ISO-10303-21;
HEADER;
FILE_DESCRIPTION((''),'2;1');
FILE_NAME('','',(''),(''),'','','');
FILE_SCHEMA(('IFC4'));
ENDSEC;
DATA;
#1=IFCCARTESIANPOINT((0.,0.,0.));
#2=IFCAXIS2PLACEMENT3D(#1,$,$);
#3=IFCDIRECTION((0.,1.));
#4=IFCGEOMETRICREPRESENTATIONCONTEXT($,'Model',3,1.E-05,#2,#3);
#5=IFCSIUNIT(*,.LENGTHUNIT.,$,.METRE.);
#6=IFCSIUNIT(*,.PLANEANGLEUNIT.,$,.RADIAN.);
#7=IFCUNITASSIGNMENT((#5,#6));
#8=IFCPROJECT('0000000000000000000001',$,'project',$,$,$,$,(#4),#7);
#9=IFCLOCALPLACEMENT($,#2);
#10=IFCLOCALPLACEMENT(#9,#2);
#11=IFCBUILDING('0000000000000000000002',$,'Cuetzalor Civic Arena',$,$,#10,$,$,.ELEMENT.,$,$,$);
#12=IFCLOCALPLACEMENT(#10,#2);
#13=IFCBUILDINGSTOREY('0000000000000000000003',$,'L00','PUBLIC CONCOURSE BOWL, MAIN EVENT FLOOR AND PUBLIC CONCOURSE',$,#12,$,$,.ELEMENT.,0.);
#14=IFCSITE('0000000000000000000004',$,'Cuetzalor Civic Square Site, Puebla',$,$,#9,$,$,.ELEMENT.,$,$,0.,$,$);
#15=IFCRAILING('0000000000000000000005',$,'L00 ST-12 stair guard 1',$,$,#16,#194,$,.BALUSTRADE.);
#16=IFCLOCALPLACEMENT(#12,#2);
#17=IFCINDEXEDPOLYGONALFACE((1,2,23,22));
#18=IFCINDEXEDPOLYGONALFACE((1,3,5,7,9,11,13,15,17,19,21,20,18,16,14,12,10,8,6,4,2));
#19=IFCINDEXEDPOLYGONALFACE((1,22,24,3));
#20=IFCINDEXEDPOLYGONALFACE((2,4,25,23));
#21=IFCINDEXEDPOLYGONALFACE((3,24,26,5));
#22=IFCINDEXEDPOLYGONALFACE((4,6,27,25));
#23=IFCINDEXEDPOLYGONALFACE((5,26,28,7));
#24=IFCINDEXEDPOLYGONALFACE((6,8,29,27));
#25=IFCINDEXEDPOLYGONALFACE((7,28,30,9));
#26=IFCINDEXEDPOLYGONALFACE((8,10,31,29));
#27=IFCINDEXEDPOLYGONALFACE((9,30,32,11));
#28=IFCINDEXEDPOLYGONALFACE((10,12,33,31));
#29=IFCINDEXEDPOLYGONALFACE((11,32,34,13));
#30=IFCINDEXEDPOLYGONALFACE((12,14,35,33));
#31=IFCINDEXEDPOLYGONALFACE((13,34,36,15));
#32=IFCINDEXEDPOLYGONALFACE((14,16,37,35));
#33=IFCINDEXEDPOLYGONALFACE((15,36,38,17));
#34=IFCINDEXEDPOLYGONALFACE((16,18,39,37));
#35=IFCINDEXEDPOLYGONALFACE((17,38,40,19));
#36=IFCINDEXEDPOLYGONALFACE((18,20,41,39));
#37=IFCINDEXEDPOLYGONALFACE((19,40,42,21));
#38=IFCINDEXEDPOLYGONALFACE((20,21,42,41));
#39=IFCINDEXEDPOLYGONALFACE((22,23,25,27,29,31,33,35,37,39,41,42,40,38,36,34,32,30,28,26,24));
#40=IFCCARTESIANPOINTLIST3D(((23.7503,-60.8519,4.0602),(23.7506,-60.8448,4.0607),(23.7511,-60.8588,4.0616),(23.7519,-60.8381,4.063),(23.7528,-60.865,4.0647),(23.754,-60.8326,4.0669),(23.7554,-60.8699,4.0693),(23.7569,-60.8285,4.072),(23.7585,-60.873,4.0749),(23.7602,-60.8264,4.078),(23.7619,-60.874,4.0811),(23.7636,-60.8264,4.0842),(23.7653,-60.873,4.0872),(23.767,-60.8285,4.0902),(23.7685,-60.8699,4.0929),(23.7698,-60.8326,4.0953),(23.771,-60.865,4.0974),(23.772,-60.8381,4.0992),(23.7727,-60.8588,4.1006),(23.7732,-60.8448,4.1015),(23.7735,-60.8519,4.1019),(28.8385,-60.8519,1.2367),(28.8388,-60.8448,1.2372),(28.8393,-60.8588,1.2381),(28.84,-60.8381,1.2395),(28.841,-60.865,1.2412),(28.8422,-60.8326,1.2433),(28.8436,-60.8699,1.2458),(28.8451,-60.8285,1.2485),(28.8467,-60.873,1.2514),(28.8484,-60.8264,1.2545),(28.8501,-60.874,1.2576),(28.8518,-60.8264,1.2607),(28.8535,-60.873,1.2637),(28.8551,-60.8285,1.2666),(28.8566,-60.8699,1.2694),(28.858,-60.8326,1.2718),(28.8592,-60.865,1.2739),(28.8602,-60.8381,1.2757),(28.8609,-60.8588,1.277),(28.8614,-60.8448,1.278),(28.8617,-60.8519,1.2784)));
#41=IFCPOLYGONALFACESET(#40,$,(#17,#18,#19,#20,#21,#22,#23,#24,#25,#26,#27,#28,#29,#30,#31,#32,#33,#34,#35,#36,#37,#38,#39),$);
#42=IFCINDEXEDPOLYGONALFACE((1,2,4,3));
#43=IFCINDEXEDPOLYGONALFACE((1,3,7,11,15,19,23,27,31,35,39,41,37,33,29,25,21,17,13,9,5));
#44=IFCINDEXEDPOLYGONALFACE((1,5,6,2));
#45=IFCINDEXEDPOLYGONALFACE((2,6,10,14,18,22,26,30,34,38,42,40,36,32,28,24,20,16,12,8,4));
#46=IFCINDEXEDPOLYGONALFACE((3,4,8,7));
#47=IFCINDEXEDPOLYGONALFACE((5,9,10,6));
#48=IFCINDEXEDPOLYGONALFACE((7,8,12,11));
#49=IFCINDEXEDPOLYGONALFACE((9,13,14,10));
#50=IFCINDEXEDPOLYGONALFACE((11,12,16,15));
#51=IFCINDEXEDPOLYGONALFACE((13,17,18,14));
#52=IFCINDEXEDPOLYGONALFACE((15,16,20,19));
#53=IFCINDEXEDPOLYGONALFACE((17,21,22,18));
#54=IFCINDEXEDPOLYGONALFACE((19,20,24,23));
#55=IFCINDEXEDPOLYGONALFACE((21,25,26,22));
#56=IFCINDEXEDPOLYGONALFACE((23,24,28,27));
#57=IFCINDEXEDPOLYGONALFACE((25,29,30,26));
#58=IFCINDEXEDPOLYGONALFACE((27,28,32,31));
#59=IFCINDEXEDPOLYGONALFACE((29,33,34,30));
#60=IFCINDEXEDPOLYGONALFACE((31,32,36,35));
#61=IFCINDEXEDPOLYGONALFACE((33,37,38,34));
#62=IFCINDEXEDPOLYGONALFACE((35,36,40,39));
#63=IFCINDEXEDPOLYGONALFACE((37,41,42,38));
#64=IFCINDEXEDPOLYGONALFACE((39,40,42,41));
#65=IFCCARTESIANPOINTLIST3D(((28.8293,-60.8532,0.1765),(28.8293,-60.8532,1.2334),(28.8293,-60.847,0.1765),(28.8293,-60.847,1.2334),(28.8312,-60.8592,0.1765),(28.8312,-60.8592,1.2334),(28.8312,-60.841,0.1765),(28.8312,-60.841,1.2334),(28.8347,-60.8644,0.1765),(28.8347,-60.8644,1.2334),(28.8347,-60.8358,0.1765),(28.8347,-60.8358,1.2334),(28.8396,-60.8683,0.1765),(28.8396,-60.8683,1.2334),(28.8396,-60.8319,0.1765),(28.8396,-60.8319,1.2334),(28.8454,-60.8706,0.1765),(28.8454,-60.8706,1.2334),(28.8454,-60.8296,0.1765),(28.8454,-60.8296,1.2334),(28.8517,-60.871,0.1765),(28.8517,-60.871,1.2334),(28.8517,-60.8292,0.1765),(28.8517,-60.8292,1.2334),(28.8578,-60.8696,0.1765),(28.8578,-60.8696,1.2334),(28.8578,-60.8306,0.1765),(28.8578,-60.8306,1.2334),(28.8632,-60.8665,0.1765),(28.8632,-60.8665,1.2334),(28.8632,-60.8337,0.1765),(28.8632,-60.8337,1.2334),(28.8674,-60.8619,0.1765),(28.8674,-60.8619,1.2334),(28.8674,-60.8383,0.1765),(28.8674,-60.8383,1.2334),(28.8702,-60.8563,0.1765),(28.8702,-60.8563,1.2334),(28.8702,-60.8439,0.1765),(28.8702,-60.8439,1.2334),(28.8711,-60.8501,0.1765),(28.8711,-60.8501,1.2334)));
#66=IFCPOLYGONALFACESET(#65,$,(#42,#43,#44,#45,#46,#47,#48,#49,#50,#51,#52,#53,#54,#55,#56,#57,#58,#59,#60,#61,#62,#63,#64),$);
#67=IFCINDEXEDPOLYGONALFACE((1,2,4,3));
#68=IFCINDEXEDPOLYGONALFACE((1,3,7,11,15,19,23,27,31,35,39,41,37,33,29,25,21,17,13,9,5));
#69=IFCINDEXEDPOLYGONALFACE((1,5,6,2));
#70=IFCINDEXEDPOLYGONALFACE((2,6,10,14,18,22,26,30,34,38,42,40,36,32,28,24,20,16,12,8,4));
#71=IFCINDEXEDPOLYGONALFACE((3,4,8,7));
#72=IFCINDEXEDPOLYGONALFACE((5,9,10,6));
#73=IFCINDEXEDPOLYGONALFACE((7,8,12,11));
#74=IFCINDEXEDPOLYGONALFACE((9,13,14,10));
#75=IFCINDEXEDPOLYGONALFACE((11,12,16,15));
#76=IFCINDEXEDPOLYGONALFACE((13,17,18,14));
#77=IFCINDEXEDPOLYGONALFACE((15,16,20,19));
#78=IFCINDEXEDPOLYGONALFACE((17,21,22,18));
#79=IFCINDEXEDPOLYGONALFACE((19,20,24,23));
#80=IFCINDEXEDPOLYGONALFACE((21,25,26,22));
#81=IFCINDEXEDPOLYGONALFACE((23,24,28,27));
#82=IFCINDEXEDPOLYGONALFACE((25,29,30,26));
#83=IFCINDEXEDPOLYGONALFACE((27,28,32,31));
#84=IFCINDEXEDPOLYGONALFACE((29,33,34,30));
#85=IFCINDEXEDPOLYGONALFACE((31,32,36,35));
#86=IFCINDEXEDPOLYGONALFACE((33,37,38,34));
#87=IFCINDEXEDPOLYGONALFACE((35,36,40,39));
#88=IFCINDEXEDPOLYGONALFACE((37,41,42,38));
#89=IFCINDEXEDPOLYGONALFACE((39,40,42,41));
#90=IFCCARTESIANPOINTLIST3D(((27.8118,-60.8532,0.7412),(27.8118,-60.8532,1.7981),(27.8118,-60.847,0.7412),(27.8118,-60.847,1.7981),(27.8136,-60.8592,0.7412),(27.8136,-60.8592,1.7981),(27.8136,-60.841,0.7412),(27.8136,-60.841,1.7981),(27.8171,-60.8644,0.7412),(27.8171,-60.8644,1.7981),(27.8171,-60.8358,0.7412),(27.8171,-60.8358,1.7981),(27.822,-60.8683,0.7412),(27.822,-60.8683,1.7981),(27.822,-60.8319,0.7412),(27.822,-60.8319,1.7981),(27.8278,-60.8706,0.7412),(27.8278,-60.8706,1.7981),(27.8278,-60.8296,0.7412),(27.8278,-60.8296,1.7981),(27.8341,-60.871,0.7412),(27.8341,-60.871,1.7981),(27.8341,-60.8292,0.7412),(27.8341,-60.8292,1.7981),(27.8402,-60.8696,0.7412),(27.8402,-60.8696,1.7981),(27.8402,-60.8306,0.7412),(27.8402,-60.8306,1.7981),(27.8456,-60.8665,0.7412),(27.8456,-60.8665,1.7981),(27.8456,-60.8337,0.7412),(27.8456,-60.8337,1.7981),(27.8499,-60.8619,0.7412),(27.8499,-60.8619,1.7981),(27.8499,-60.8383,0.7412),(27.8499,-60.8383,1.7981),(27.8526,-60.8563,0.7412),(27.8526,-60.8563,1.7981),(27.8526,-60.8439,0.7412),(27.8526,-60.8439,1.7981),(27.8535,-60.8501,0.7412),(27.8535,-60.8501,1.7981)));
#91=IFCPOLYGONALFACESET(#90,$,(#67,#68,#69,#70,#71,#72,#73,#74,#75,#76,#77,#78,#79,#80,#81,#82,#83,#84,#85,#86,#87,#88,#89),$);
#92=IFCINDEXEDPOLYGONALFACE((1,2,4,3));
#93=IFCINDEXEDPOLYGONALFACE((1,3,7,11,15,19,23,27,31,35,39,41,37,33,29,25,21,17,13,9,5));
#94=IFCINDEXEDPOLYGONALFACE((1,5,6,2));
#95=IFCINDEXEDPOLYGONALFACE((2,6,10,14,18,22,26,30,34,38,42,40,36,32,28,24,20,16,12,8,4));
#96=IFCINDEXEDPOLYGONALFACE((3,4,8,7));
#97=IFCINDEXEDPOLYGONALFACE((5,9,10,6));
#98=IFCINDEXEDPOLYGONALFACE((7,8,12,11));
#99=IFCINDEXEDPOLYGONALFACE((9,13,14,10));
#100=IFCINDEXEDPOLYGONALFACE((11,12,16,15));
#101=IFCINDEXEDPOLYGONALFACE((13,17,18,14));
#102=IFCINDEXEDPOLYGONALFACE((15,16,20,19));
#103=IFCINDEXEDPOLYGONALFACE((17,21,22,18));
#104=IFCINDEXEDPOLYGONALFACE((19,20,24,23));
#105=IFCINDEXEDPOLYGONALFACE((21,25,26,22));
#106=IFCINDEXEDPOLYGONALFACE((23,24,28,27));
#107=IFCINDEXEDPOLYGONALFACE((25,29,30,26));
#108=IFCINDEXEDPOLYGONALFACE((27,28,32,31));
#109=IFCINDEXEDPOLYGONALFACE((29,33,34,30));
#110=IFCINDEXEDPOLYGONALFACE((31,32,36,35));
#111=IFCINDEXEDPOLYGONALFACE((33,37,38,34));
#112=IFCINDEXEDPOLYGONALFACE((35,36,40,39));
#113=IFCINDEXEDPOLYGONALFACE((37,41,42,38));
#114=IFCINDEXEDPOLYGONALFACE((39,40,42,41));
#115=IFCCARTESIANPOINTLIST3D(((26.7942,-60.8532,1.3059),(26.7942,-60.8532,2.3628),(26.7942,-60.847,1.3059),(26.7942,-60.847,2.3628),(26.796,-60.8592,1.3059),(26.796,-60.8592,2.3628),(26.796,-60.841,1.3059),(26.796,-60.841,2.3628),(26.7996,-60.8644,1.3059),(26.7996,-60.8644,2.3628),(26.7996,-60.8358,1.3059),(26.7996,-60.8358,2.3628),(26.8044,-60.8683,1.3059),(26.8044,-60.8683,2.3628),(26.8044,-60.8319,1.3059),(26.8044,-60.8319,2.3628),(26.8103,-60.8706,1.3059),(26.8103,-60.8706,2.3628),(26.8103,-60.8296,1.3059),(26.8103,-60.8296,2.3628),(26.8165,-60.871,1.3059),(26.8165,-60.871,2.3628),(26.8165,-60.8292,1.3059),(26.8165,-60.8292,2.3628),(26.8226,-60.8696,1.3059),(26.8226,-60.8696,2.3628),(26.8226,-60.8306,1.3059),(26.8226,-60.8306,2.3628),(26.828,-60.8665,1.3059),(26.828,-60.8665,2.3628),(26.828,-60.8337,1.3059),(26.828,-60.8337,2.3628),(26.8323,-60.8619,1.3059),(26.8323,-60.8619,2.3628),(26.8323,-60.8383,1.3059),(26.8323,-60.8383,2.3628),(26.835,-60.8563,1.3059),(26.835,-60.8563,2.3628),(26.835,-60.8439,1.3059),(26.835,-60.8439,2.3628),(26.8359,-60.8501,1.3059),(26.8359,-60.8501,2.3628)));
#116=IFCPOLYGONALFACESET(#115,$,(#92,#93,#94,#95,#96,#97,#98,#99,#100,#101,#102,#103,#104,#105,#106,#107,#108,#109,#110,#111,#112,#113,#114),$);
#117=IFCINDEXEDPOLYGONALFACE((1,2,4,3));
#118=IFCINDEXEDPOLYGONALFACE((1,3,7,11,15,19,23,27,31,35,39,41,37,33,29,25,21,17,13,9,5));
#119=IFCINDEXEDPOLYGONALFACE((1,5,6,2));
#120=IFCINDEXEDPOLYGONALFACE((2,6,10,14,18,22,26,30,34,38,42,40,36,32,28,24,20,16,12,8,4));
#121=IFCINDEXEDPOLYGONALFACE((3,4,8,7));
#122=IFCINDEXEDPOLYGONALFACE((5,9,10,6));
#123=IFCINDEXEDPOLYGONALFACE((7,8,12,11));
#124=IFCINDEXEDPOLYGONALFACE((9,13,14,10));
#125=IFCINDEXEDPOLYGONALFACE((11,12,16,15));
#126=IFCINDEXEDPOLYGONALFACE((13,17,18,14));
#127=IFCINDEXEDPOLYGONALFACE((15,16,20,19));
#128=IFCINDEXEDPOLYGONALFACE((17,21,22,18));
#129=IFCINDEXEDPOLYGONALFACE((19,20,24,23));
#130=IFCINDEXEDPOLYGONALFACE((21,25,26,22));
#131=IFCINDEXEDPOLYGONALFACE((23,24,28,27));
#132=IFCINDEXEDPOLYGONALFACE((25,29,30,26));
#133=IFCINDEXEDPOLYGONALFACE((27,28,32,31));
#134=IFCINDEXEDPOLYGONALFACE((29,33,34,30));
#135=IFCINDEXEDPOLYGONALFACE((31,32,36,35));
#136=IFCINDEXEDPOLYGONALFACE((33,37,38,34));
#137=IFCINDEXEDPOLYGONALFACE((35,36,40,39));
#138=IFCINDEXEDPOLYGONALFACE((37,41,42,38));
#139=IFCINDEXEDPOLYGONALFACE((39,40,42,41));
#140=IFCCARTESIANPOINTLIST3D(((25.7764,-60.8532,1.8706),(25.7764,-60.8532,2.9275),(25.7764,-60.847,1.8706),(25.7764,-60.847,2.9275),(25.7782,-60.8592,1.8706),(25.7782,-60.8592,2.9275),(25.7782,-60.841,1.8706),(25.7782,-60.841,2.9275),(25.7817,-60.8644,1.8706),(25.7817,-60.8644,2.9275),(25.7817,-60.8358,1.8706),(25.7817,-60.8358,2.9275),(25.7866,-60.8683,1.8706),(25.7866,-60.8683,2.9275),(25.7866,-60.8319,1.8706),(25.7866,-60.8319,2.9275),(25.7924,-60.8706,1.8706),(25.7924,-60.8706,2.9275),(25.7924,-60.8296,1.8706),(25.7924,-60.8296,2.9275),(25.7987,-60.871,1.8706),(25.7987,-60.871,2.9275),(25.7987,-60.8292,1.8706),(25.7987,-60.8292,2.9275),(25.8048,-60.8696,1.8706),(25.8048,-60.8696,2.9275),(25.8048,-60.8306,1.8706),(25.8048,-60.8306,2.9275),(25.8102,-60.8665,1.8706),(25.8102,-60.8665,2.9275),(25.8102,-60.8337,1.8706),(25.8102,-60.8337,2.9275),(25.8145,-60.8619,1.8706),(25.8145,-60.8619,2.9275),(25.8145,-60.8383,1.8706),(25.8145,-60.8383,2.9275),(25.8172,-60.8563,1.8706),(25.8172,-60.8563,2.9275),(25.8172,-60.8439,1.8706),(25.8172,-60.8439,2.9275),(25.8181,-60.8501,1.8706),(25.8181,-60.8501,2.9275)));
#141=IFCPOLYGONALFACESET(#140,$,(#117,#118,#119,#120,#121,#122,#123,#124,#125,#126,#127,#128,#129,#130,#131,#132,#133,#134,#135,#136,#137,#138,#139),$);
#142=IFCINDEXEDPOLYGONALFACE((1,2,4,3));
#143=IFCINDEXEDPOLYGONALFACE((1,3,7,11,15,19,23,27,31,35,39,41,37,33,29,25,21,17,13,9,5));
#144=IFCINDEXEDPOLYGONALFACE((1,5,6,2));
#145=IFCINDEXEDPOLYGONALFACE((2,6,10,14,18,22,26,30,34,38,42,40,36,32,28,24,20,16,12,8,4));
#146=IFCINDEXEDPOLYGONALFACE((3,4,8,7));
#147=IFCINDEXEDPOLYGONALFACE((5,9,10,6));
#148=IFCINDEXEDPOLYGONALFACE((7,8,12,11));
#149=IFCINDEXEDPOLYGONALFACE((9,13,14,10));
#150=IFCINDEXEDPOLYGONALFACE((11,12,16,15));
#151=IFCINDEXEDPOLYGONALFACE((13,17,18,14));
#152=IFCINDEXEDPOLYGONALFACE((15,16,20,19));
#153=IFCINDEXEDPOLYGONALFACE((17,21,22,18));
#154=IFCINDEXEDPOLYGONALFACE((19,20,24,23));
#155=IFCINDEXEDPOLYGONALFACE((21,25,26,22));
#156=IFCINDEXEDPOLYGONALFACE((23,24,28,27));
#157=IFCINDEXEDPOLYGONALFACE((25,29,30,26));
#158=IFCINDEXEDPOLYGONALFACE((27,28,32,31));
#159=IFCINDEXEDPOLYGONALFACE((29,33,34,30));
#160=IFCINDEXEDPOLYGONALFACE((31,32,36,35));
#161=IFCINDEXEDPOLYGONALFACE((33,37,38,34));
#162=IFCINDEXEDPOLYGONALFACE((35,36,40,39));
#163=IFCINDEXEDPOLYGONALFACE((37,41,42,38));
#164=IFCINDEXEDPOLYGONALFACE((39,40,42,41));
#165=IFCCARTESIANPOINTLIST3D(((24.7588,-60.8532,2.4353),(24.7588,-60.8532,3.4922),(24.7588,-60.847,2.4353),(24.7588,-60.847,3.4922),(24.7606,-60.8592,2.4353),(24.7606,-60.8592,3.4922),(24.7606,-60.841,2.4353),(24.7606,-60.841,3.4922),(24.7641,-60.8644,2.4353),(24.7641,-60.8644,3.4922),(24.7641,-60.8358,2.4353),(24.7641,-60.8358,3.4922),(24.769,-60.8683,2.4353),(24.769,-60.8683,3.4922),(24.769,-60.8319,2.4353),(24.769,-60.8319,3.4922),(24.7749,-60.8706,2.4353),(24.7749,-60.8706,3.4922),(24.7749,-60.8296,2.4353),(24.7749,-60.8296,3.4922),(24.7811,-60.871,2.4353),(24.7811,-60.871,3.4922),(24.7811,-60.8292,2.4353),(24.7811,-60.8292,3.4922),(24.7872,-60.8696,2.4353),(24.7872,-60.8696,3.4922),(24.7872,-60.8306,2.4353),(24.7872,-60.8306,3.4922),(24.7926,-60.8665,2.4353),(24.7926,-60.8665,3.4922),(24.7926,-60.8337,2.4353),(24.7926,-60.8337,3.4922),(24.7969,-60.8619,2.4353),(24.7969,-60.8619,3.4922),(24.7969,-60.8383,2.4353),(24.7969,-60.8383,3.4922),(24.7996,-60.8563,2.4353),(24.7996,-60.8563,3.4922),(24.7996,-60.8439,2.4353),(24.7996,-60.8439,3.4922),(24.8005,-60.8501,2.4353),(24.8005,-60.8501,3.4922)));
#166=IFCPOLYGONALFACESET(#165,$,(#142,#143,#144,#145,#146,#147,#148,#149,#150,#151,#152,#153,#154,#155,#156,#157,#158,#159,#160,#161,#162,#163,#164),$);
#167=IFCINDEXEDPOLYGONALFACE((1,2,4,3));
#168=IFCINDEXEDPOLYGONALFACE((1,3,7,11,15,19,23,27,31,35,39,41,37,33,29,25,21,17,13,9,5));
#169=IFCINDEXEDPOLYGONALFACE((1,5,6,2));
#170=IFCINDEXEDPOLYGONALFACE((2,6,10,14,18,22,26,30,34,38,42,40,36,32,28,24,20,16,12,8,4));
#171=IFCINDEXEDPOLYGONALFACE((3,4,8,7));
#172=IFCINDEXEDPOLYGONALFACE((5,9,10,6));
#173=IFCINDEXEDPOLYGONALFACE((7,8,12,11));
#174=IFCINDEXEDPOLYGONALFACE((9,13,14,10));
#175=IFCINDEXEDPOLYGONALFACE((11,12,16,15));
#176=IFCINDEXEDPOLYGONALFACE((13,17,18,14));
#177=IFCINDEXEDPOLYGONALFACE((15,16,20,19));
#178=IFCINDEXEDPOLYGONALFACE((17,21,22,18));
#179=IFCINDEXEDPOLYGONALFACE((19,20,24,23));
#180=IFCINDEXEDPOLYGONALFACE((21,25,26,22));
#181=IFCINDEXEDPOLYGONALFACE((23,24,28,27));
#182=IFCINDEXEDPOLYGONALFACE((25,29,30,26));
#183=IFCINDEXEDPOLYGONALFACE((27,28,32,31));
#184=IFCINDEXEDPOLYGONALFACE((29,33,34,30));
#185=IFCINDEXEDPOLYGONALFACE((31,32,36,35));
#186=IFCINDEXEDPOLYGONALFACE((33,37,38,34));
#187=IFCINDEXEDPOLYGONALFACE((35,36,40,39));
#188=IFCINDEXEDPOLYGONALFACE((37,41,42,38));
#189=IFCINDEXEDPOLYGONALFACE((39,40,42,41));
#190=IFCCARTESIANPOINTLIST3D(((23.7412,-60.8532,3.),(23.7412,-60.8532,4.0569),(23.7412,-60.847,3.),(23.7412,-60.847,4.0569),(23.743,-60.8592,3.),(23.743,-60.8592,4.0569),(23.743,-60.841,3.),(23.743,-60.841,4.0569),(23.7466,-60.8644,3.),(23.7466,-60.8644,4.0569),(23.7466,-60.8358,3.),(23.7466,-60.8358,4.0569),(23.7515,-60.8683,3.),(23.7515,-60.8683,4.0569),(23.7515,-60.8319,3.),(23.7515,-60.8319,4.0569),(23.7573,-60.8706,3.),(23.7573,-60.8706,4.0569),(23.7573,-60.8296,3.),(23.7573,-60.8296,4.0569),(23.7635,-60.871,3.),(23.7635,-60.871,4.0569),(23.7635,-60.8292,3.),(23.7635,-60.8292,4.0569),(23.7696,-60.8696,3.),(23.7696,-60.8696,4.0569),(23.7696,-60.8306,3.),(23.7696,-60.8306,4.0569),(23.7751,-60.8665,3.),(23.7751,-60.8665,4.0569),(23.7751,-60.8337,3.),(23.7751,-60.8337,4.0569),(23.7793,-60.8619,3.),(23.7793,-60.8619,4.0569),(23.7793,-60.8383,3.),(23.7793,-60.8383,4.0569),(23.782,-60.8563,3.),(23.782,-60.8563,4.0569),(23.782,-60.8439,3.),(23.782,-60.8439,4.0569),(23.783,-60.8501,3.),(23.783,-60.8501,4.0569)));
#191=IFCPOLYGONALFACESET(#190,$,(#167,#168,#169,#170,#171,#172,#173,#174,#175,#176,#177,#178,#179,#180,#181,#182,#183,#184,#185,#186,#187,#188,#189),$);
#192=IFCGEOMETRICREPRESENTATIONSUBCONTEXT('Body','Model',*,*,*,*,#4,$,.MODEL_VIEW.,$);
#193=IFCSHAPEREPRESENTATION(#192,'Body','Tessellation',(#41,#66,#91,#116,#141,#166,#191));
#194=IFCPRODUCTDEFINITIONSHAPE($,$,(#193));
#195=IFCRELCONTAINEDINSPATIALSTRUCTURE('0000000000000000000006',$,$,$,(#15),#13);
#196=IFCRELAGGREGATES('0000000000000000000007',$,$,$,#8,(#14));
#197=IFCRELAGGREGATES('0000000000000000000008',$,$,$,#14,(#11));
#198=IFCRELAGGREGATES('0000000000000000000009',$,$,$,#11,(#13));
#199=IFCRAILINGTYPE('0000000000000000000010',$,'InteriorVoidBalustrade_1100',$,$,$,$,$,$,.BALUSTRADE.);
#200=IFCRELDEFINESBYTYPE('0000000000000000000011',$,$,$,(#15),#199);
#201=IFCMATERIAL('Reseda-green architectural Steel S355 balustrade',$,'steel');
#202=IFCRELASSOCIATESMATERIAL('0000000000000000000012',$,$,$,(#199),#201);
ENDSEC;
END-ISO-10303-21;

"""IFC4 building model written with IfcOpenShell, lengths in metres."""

from ifc_helpers import new_model, si_unit, direction, frame, origin, origin_2d, place, context, subcontext, project, spatial, circle, extrude, material, type_object, element, save


model = new_model("IFC4")

# Units and contexts
model_context = context("Model", 3, precision=1e-05, world=origin(), true_north=direction((0.0, 1.0)))
body_context = subcontext(model_context, "Body", "Model", "MODEL_VIEW")
ifc_project = project(units=[si_unit("LENGTHUNIT", "METRE"), si_unit("PLANEANGLEUNIT", "RADIAN")], contexts=[model_context])

# Site, building, storey
site_placement = place(None, origin())
site = spatial("IfcSite", under=ifc_project, at=site_placement, Name="Cuetzalor Civic Square Site, Puebla", CompositionType="ELEMENT", RefElevation=0.0)
building_placement = place(site_placement, origin())
building = spatial("IfcBuilding", under=site, at=building_placement, Name="Cuetzalor Civic Arena", CompositionType="ELEMENT")
storey_placement = place(building_placement, origin())
storey = spatial("IfcBuildingStorey", under=building, at=storey_placement, Name="L00", Description="PUBLIC CONCOURSE BOWL, MAIN EVENT FLOOR AND PUBLIC CONCOURSE", CompositionType="ELEMENT", Elevation=0.0)

# Railing
ifc_material_1 = material(Name="Reseda-green architectural Steel S355 balustrade", Category="steel")
railing_type_1 = type_object("IfcRailingType", Name="InteriorVoidBalustrade_1100", PredefinedType="BALUSTRADE", material=ifc_material_1)
railing_1_placement = place(storey_placement, frame((28.8501, -60.8501, 0.1765)))
element("IfcRailing", 1, at=railing_1_placement, inside=storey, type_object=railing_type_1, Name="L00 ST-12 stair guard 1", PredefinedType="BALUSTRADE", context=body_context, shape_type="SweptSolid", body=[
    extrude(circle(Radius=0.0239, at=origin_2d()), frame((0.0, 0.0, 1.0811), z_axis=(-0.874395, 0.0, 0.485215), x_axis=(0.0, -1.0, 0.0)), (0.0, 0.0, 1.0), 5.8191),
    extrude(circle(Radius=0.021, at=origin_2d()), origin(), (0.0, 0.0, 1.0), 1.0569),
    extrude(circle(Radius=0.021, at=origin_2d()), frame((-1.0176, 0.0, 0.5647)), (0.0, 0.0, 1.0), 1.0569),
    extrude(circle(Radius=0.021, at=origin_2d()), frame((-2.0352, 0.0, 1.1294)), (0.0, 0.0, 1.0), 1.0569),
    extrude(circle(Radius=0.021, at=origin_2d()), frame((-3.053, 0.0, 1.6941)), (0.0, 0.0, 1.0), 1.0569),
    extrude(circle(Radius=0.021, at=origin_2d()), frame((-4.0706, 0.0, 2.2588)), (0.0, 0.0, 1.0), 1.0569),
    extrude(circle(Radius=0.021, at=origin_2d()), frame((-5.0881, 0.0, 2.8235)), (0.0, 0.0, 1.0), 1.0569),
])

save(model, "model.ifc")
